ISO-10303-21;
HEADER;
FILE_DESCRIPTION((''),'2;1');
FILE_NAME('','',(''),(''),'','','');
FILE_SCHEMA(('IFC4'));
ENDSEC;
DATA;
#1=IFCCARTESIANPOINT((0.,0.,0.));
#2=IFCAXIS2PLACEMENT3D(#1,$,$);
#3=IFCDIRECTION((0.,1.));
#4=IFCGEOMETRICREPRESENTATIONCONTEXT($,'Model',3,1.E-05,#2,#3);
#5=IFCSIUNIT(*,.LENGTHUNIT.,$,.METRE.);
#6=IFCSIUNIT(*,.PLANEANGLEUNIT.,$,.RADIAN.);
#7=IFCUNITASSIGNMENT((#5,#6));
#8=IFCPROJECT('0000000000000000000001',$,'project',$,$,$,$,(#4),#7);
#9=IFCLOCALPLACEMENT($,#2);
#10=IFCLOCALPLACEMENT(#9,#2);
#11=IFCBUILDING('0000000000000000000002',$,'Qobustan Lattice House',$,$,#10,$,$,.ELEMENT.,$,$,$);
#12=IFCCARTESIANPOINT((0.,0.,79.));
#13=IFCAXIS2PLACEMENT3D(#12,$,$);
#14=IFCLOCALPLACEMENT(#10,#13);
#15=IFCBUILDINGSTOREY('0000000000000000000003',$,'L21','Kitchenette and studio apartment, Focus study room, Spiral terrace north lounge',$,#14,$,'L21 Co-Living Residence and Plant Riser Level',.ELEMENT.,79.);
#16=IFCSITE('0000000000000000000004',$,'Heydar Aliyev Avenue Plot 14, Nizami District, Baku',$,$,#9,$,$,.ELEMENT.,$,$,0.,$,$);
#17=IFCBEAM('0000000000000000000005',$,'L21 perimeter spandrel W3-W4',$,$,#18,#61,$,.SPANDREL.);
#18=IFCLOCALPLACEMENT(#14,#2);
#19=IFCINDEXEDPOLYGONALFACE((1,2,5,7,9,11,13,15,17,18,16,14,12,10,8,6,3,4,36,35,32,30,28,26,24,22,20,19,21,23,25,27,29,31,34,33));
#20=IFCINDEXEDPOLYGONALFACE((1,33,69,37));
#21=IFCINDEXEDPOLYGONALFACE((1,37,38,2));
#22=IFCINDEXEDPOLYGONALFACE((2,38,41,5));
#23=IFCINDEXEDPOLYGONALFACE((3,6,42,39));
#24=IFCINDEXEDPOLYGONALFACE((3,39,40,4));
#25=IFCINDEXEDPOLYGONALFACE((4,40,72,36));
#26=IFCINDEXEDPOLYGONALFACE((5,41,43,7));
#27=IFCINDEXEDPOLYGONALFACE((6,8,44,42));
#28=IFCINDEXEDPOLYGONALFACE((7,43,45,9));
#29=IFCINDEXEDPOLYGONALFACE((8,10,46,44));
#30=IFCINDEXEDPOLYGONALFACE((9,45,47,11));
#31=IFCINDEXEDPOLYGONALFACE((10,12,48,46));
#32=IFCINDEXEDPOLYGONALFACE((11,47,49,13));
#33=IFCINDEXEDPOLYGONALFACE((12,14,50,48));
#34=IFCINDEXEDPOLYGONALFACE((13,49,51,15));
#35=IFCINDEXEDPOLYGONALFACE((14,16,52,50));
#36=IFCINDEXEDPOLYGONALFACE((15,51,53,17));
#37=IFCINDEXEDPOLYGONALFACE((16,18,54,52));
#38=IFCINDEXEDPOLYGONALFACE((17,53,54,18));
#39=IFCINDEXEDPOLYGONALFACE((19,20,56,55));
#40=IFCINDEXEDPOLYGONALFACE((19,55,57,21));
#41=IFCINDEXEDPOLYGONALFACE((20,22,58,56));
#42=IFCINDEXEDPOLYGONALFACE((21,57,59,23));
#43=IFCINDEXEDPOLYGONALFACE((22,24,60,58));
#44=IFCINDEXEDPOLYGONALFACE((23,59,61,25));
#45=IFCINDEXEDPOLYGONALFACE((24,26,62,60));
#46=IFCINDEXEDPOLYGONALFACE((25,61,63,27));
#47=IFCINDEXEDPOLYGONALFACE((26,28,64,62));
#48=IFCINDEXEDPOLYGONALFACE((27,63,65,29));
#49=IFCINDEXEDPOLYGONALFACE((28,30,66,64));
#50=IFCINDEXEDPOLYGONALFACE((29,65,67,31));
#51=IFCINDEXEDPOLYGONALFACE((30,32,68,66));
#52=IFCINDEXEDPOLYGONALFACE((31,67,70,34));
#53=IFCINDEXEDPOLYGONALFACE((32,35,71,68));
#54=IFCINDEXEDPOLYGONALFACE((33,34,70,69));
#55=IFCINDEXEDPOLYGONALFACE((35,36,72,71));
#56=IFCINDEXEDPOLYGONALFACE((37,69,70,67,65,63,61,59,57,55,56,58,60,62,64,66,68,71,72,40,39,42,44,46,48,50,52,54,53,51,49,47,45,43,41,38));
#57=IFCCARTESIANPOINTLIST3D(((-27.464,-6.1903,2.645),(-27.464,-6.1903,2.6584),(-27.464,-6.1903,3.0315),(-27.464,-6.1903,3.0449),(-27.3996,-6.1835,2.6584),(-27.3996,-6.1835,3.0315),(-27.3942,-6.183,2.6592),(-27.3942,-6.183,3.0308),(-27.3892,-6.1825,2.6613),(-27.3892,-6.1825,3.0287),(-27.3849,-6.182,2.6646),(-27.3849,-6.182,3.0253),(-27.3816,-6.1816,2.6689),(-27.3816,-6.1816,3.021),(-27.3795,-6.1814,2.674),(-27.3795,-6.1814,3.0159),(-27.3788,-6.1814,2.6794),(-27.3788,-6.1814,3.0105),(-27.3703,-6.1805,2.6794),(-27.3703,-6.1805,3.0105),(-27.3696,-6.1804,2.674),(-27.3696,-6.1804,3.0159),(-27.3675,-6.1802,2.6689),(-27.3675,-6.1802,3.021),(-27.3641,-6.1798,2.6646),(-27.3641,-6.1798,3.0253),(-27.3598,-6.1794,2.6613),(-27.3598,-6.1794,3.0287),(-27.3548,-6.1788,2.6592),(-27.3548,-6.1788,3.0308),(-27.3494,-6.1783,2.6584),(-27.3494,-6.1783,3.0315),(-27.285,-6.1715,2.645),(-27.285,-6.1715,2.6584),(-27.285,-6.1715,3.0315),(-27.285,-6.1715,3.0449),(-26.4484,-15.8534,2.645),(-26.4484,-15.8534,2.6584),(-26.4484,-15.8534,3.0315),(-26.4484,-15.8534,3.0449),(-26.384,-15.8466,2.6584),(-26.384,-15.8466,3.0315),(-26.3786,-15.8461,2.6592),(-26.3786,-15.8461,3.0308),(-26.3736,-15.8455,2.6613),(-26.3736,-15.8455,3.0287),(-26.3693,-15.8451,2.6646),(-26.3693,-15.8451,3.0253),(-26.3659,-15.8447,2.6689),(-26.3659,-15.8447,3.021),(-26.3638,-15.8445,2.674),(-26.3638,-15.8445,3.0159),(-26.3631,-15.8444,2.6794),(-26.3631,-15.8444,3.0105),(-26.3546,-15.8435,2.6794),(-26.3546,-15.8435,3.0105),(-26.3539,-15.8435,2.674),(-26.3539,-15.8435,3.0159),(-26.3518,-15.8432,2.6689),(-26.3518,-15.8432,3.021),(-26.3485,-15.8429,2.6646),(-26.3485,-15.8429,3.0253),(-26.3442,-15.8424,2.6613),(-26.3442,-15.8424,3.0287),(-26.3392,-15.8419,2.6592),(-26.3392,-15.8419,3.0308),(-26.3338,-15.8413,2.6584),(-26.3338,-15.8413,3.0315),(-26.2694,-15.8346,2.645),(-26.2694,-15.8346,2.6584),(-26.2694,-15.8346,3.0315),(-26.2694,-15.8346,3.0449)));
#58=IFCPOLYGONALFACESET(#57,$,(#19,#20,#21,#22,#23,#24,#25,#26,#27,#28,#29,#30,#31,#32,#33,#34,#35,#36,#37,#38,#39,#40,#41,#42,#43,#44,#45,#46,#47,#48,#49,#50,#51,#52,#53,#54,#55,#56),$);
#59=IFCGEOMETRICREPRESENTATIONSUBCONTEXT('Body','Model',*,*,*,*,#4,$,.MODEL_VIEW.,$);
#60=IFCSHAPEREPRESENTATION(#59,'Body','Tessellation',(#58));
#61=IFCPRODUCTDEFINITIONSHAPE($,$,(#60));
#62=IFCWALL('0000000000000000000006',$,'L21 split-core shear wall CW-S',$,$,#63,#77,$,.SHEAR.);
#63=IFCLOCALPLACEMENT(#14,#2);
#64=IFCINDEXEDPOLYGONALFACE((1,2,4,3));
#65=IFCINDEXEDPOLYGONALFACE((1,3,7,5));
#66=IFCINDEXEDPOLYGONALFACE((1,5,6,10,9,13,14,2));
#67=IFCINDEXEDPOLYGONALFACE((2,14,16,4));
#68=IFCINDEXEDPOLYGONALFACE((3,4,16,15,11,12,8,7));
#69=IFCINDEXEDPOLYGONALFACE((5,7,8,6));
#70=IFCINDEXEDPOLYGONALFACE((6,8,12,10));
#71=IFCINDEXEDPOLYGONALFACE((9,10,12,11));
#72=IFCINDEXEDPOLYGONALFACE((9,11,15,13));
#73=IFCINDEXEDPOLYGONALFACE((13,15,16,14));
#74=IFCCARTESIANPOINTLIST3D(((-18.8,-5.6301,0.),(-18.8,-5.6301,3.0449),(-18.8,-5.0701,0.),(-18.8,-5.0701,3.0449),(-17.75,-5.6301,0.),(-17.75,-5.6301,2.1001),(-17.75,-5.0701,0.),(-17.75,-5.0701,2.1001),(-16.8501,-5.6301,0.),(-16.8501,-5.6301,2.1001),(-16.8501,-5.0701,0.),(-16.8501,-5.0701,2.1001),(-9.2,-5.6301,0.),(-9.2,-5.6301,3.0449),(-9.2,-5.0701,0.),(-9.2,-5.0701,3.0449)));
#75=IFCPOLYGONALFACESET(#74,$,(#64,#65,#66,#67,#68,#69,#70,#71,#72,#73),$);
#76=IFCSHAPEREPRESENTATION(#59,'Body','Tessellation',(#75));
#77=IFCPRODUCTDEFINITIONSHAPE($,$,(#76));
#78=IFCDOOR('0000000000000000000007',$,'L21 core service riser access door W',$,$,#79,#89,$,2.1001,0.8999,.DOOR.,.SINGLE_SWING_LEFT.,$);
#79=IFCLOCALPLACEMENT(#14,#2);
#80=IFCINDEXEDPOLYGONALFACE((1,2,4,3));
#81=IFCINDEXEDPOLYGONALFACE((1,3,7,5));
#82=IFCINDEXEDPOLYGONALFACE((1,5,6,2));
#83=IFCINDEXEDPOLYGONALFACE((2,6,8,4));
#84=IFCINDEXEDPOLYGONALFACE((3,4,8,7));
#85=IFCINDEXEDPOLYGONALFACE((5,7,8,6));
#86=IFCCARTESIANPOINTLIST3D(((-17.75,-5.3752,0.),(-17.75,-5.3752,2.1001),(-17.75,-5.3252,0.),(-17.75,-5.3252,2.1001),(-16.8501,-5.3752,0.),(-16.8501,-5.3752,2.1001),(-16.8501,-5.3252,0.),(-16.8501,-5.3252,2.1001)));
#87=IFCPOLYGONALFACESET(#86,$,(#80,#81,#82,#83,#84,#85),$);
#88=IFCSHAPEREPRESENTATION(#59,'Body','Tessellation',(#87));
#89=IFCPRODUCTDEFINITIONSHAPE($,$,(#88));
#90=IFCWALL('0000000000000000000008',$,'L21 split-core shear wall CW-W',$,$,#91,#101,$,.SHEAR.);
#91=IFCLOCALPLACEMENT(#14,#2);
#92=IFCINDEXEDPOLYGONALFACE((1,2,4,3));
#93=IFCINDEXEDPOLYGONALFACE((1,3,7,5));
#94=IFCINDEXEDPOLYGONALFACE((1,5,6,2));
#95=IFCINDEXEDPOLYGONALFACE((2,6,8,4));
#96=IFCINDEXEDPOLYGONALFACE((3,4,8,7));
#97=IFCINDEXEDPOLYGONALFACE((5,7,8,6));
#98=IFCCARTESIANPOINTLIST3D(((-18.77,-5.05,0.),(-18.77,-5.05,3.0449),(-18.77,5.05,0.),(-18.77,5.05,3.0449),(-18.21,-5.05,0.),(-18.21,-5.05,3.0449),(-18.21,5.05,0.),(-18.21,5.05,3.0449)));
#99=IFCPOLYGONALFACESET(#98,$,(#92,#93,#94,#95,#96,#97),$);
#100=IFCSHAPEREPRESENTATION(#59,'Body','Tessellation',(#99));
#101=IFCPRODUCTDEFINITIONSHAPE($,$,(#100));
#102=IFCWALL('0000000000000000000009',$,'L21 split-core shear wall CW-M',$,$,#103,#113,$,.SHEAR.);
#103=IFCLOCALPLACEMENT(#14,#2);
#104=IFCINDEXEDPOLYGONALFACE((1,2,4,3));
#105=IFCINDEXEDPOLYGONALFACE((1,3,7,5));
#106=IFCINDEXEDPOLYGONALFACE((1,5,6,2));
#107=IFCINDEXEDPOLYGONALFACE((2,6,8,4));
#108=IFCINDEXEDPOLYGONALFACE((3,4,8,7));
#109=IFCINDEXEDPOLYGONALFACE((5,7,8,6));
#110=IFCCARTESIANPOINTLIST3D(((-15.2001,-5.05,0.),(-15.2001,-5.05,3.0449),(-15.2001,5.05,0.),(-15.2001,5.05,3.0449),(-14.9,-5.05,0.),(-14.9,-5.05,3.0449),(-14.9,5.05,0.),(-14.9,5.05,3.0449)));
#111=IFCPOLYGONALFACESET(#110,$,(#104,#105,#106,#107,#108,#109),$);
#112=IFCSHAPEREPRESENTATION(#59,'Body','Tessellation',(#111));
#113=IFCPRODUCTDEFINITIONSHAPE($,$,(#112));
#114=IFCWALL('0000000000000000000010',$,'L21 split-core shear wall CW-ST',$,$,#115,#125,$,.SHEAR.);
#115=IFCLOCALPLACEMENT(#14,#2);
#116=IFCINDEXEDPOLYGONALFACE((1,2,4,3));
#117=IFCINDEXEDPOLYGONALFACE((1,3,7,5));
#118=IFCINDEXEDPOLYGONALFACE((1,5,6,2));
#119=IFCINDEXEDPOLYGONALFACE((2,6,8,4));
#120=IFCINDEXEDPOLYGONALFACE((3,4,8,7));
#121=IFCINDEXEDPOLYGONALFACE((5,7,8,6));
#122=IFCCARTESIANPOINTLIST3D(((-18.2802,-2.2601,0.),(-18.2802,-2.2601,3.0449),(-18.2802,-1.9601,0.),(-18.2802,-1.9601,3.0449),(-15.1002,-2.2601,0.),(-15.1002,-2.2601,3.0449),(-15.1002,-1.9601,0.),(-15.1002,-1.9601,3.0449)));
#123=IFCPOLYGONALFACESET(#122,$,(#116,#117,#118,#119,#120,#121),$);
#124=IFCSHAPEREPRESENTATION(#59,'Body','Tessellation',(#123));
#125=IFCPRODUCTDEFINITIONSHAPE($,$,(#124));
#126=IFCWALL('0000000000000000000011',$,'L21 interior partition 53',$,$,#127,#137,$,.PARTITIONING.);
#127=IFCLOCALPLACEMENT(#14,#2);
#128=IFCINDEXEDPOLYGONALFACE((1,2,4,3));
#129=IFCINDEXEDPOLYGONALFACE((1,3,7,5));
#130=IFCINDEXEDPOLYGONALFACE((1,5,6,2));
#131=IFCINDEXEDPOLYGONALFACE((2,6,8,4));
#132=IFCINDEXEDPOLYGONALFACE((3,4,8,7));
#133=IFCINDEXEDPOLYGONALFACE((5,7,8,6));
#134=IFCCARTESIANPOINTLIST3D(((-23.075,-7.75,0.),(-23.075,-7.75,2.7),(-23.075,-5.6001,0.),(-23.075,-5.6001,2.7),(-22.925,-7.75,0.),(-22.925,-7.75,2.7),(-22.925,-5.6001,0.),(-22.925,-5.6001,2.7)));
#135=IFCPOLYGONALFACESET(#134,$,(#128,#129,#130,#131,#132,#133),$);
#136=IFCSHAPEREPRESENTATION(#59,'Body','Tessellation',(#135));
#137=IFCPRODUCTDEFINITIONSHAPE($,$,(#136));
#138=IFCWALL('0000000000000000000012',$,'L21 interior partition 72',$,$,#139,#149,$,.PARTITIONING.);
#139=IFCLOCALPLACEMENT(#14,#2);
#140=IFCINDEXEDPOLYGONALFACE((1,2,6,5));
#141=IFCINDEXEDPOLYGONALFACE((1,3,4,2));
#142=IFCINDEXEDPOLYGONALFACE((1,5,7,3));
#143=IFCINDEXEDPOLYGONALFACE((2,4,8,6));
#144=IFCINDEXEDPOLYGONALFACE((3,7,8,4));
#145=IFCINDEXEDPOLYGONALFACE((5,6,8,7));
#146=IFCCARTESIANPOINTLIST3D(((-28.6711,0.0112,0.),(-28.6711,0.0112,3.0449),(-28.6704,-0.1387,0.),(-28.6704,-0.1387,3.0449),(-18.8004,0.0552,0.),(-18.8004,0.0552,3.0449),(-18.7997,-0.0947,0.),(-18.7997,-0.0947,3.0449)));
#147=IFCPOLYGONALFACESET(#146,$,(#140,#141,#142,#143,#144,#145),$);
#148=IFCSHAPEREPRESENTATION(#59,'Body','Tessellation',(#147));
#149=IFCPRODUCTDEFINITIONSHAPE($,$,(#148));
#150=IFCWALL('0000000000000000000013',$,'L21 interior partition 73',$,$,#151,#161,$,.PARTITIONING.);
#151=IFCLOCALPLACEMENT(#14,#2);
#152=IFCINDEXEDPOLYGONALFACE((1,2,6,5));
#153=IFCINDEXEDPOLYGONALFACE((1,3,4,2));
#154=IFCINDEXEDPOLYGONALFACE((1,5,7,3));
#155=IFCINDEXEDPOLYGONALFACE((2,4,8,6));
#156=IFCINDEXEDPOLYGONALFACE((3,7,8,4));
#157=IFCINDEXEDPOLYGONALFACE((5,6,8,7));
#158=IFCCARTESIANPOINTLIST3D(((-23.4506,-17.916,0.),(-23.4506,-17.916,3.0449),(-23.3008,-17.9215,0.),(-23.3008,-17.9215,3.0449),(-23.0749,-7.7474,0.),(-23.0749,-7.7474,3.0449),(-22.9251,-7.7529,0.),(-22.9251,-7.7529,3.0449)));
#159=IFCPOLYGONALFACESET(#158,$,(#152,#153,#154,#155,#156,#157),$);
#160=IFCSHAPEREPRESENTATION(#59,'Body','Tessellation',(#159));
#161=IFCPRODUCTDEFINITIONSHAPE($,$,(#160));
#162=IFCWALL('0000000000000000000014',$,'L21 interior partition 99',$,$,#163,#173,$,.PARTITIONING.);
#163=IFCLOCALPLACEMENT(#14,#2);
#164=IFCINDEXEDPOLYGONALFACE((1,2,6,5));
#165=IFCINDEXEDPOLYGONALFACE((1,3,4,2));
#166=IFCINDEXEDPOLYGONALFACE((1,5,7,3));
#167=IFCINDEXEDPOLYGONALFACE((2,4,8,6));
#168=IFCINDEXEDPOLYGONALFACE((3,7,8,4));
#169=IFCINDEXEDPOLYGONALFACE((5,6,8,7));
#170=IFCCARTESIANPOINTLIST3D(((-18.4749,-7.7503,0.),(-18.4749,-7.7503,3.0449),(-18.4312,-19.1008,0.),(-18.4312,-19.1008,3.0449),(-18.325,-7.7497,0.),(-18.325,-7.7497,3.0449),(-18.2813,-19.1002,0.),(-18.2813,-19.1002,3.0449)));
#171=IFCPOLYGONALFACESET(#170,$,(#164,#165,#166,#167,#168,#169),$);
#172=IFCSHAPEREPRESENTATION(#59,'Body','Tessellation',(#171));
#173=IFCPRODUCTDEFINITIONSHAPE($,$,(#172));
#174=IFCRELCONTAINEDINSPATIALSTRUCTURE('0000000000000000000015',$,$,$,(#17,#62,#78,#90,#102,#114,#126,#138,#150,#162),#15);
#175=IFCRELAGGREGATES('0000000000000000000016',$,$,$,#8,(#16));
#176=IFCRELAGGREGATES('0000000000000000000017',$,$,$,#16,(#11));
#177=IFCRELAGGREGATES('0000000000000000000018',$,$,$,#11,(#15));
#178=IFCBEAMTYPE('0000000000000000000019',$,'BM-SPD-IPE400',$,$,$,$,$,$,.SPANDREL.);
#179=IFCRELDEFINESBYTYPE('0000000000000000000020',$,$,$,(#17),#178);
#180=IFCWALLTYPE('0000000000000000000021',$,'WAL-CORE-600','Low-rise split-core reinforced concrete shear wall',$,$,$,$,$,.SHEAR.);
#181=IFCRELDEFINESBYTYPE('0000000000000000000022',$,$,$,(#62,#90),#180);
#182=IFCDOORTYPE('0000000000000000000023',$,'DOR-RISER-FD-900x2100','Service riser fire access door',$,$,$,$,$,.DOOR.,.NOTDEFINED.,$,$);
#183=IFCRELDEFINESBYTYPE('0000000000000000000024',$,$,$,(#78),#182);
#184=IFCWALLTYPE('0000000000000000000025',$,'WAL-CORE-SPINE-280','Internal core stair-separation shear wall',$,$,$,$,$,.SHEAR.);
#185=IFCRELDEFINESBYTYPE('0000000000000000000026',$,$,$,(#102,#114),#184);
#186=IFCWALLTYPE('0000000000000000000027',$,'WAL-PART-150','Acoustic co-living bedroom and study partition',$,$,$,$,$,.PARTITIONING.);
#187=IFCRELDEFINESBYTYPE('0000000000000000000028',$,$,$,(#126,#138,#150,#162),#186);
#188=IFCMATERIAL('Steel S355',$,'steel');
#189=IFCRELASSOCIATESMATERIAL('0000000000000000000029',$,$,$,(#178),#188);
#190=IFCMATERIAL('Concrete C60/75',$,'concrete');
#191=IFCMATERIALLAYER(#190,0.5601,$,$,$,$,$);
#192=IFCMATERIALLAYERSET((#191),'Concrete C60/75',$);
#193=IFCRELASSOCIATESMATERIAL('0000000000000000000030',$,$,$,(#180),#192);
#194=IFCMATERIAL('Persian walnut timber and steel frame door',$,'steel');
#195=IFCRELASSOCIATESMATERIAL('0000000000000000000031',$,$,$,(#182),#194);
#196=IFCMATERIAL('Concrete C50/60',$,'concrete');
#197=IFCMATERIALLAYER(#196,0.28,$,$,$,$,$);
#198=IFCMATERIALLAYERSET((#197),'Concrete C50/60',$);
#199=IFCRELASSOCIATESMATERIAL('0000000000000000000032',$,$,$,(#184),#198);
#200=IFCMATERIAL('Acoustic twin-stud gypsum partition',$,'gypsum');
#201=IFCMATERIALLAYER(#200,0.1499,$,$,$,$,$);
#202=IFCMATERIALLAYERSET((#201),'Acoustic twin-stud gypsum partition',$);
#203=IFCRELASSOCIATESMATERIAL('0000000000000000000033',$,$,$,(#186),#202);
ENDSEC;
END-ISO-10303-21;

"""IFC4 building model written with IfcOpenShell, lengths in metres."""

from ifc_helpers import new_model, si_unit, direction, frame, frame_2d, origin, origin_2d, place, context, subcontext, project, spatial, rectangle, i_section, extrude, material, layer, layer_set, material_profile, profile_set, type_object, element, fill, save


model = new_model("IFC4")

# Units and contexts
model_context = context("Model", 3, precision=1e-05, world=origin(), true_north=direction((0.0, 1.0)))
body_context = subcontext(model_context, "Body", "Model", "MODEL_VIEW")
ifc_project = project(units=[si_unit("LENGTHUNIT", "METRE"), si_unit("PLANEANGLEUNIT", "RADIAN")], contexts=[model_context])

# Site, building, storey
site_placement = place(None, origin())
site = spatial("IfcSite", under=ifc_project, at=site_placement, Name="Heydar Aliyev Avenue Plot 14, Nizami District, Baku", CompositionType="ELEMENT", RefElevation=0.0)
building_placement = place(site_placement, origin())
building = spatial("IfcBuilding", under=site, at=building_placement, Name="Qobustan Lattice House", CompositionType="ELEMENT")
storey_placement = place(building_placement, frame((0.0, 0.0, 79.0)))
storey = spatial("IfcBuildingStorey", under=building, at=storey_placement, Name="L21", Description="Kitchenette and studio apartment, Focus study room, Spiral terrace north lounge", LongName="L21 Co-Living Residence and Plant Riser Level", CompositionType="ELEMENT", Elevation=79.0)

# Beam
ifc_material_1 = material(Name="Steel S355", Category="steel")
ifc_material_profile_1 = material_profile(ifc_material_1, i_section(OverallWidth=0.1799, OverallDepth=0.3999, WebThickness=0.0085, FlangeThickness=0.0134, FilletRadius=0.021, at=origin_2d()), Name="IPE400")
ifc_profile_set_1 = profile_set([ifc_material_profile_1], Name="Steel S355")
beam_type_1 = type_object("IfcBeamType", Name="BM-SPD-IPE400", PredefinedType="SPANDREL", material=ifc_profile_set_1)
beam_1_placement = place(storey_placement, frame((-27.3745, -6.1809, 2.845), z_axis=(0.104528, -0.994522, 0.0), x_axis=(0.994522, 0.104528, 0.0)))
element("IfcBeam", 1, at=beam_1_placement, inside=storey, type_object=beam_type_1, Name="L21 perimeter spandrel W3-W4", PredefinedType="SPANDREL", context=body_context, shape_type="SweptSolid", body=[
    extrude(i_section(OverallWidth=0.1799, OverallDepth=0.3999, WebThickness=0.0085, FlangeThickness=0.0134, FilletRadius=0.021, at=origin_2d()), origin(), (0.0, 0.0, 1.0), 9.7163),
])

# Wall, opening, door
ifc_material_2 = material(Name="Concrete C60/75", Category="concrete")
ifc_layer_1 = layer(ifc_material_2, 0.5601)
ifc_layer_set_1 = layer_set([ifc_layer_1], Name="Concrete C60/75")
wall_type_1 = type_object("IfcWallType", Name="WAL-CORE-600", Description="Low-rise split-core reinforced concrete shear wall", PredefinedType="SHEAR", material=ifc_layer_set_1)
wall_1_placement = place(storey_placement, frame((-18.8, -5.3501, 0.0), z_axis=(0.0, 0.0, 1.0), x_axis=(1.0, 0.0, 0.0)))
wall_1 = element("IfcWall", 2, at=wall_1_placement, inside=storey, type_object=wall_type_1, Name="L21 split-core shear wall CW-S", PredefinedType="SHEAR", context=body_context, shape_type="SweptSolid", body=[
    extrude(rectangle(XDim=9.6001, YDim=0.5601, at=frame_2d((4.8, 0.0))), origin(), (0.0, 0.0, 1.0), 3.0449),
])
opening_1_placement = place(wall_1_placement, frame((1.05, 0.0, 0.0)))
opening_1 = element("IfcOpeningElement", 3, at=opening_1_placement, cuts=wall_1, PredefinedType="OPENING", context=body_context, shape_type="SweptSolid", body=[
    extrude(rectangle(XDim=0.8999, YDim=2.1001, at=frame_2d((0.45, 1.05))), frame((0.0, 0.29, 0.0), z_axis=(0.0, -1.0, 0.0), x_axis=(1.0, 0.0, 0.0)), (0.0, 0.0, 1.0), 0.5801),
])
ifc_material_3 = material(Name="Persian walnut timber and steel frame door", Category="steel")
door_type_1 = type_object("IfcDoorType", Name="DOR-RISER-FD-900x2100", Description="Service riser fire access door", OperationType="NOTDEFINED", PredefinedType="DOOR", material=ifc_material_3)
door_1_placement = place(opening_1_placement, origin())
door_1 = element("IfcDoor", 4, at=door_1_placement, inside=storey, type_object=door_type_1, Name="L21 core service riser access door W", OperationType="SINGLE_SWING_LEFT", OverallHeight=2.1001, OverallWidth=0.8999, PredefinedType="DOOR", context=body_context, shape_type="SweptSolid", body=[
    extrude(rectangle(XDim=0.8999, YDim=2.1001, at=frame_2d((0.45, 1.05))), frame((0.0, 0.0249, 0.0), z_axis=(0.0, -1.0, 0.0), x_axis=(1.0, 0.0, 0.0)), (0.0, 0.0, 1.0), 0.05),
])
fill(opening_1, door_1)

# Walls
wall_2_placement = place(storey_placement, frame((-18.49, -5.05, 0.0), z_axis=(0.0, 0.0, 1.0), x_axis=(0.0, 1.0, 0.0)))
element("IfcWall", 5, at=wall_2_placement, inside=storey, type_object=wall_type_1, Name="L21 split-core shear wall CW-W", PredefinedType="SHEAR", context=body_context, shape_type="SweptSolid", body=[
    extrude(rectangle(XDim=10.1001, YDim=0.5601, at=frame_2d((5.05, 0.0))), origin(), (0.0, 0.0, 1.0), 3.0449),
])
ifc_material_4 = material(Name="Concrete C50/60", Category="concrete")
ifc_layer_2 = layer(ifc_material_4, 0.28)
ifc_layer_set_2 = layer_set([ifc_layer_2], Name="Concrete C50/60")
wall_type_2 = type_object("IfcWallType", Name="WAL-CORE-SPINE-280", Description="Internal core stair-separation shear wall", PredefinedType="SHEAR", material=ifc_layer_set_2)
wall_3_placement = place(storey_placement, frame((-15.05, -5.05, 0.0), z_axis=(0.0, 0.0, 1.0), x_axis=(0.0, 1.0, 0.0)))
element("IfcWall", 6, at=wall_3_placement, inside=storey, type_object=wall_type_2, Name="L21 split-core shear wall CW-M", PredefinedType="SHEAR", context=body_context, shape_type="SweptSolid", body=[
    extrude(rectangle(XDim=10.1001, YDim=0.3, at=frame_2d((5.05, 0.0))), origin(), (0.0, 0.0, 1.0), 3.0449),
])
wall_4_placement = place(storey_placement, frame((-18.28, -2.1101, 0.0), z_axis=(0.0, 0.0, 1.0), x_axis=(1.0, 0.0, 0.0)))
element("IfcWall", 7, at=wall_4_placement, inside=storey, type_object=wall_type_2, Name="L21 split-core shear wall CW-ST", PredefinedType="SHEAR", context=body_context, shape_type="SweptSolid", body=[
    extrude(rectangle(XDim=3.1799, YDim=0.3, at=frame_2d((1.5898, 0.0))), origin(), (0.0, 0.0, 1.0), 3.0449),
])

# Shared definitions
ifc_material_5 = material(Name="Acoustic twin-stud gypsum partition", Category="gypsum")
ifc_layer_3 = layer(ifc_material_5, 0.1499)
ifc_layer_set_3 = layer_set([ifc_layer_3], Name="Acoustic twin-stud gypsum partition")
wall_type_3 = type_object("IfcWallType", Name="WAL-PART-150", Description="Acoustic co-living bedroom and study partition", PredefinedType="PARTITIONING", material=ifc_layer_set_3)

# Wall
wall_5_placement = place(storey_placement, frame((-23.0, -7.75, 0.0), z_axis=(0.0, 0.0, 1.0), x_axis=(0.0, 1.0, 0.0)))
element("IfcWall", 8, at=wall_5_placement, inside=storey, type_object=wall_type_3, Name="L21 interior partition 53", PredefinedType="PARTITIONING", context=body_context, shape_type="SweptSolid", body=[
    extrude(rectangle(XDim=2.1499, YDim=0.1499, at=frame_2d((1.075, 0.0))), origin(), (0.0, 0.0, 1.0), 2.7),
])

# Walls
wall_6_placement = place(storey_placement, frame((-28.6709, -0.0637, 0.0), z_axis=(0.0, 0.0, 1.0), x_axis=(0.99999, 0.004452, 0.0)))
element("IfcWall", 9, at=wall_6_placement, inside=storey, type_object=wall_type_3, Name="L21 interior partition 72", PredefinedType="PARTITIONING", context=body_context, shape_type="SweptSolid", body=[
    extrude(rectangle(XDim=9.8708, YDim=0.1499, at=frame_2d((4.9355, 0.0))), origin(), (0.0, 0.0, 1.0), 3.0449),
])
wall_7_placement = place(storey_placement, frame((-23.0, -7.75, 0.0), z_axis=(0.0, 0.0, 1.0), x_axis=(-0.036925, -0.999318, 0.0)))
element("IfcWall", 10, at=wall_7_placement, inside=storey, type_object=wall_type_3, Name="L21 interior partition 73", PredefinedType="PARTITIONING", context=body_context, shape_type="SweptSolid", body=[
    extrude(rectangle(XDim=10.1755, YDim=0.1499, at=frame_2d((5.0879, 0.0))), origin(), (0.0, 0.0, 1.0), 3.0449),
])
wall_8_placement = place(storey_placement, frame((-18.3999, -7.75, 0.0), z_axis=(0.0, 0.0, 1.0), x_axis=(0.00385, -0.999993, 0.0)))
element("IfcWall", 11, at=wall_8_placement, inside=storey, type_object=wall_type_3, Name="L21 interior partition 99", PredefinedType="PARTITIONING", context=body_context, shape_type="SweptSolid", body=[
    extrude(rectangle(XDim=11.3506, YDim=0.1499, at=frame_2d((5.6753, 0.0))), origin(), (0.0, 0.0, 1.0), 3.0449),
])

save(model, "model.ifc")
